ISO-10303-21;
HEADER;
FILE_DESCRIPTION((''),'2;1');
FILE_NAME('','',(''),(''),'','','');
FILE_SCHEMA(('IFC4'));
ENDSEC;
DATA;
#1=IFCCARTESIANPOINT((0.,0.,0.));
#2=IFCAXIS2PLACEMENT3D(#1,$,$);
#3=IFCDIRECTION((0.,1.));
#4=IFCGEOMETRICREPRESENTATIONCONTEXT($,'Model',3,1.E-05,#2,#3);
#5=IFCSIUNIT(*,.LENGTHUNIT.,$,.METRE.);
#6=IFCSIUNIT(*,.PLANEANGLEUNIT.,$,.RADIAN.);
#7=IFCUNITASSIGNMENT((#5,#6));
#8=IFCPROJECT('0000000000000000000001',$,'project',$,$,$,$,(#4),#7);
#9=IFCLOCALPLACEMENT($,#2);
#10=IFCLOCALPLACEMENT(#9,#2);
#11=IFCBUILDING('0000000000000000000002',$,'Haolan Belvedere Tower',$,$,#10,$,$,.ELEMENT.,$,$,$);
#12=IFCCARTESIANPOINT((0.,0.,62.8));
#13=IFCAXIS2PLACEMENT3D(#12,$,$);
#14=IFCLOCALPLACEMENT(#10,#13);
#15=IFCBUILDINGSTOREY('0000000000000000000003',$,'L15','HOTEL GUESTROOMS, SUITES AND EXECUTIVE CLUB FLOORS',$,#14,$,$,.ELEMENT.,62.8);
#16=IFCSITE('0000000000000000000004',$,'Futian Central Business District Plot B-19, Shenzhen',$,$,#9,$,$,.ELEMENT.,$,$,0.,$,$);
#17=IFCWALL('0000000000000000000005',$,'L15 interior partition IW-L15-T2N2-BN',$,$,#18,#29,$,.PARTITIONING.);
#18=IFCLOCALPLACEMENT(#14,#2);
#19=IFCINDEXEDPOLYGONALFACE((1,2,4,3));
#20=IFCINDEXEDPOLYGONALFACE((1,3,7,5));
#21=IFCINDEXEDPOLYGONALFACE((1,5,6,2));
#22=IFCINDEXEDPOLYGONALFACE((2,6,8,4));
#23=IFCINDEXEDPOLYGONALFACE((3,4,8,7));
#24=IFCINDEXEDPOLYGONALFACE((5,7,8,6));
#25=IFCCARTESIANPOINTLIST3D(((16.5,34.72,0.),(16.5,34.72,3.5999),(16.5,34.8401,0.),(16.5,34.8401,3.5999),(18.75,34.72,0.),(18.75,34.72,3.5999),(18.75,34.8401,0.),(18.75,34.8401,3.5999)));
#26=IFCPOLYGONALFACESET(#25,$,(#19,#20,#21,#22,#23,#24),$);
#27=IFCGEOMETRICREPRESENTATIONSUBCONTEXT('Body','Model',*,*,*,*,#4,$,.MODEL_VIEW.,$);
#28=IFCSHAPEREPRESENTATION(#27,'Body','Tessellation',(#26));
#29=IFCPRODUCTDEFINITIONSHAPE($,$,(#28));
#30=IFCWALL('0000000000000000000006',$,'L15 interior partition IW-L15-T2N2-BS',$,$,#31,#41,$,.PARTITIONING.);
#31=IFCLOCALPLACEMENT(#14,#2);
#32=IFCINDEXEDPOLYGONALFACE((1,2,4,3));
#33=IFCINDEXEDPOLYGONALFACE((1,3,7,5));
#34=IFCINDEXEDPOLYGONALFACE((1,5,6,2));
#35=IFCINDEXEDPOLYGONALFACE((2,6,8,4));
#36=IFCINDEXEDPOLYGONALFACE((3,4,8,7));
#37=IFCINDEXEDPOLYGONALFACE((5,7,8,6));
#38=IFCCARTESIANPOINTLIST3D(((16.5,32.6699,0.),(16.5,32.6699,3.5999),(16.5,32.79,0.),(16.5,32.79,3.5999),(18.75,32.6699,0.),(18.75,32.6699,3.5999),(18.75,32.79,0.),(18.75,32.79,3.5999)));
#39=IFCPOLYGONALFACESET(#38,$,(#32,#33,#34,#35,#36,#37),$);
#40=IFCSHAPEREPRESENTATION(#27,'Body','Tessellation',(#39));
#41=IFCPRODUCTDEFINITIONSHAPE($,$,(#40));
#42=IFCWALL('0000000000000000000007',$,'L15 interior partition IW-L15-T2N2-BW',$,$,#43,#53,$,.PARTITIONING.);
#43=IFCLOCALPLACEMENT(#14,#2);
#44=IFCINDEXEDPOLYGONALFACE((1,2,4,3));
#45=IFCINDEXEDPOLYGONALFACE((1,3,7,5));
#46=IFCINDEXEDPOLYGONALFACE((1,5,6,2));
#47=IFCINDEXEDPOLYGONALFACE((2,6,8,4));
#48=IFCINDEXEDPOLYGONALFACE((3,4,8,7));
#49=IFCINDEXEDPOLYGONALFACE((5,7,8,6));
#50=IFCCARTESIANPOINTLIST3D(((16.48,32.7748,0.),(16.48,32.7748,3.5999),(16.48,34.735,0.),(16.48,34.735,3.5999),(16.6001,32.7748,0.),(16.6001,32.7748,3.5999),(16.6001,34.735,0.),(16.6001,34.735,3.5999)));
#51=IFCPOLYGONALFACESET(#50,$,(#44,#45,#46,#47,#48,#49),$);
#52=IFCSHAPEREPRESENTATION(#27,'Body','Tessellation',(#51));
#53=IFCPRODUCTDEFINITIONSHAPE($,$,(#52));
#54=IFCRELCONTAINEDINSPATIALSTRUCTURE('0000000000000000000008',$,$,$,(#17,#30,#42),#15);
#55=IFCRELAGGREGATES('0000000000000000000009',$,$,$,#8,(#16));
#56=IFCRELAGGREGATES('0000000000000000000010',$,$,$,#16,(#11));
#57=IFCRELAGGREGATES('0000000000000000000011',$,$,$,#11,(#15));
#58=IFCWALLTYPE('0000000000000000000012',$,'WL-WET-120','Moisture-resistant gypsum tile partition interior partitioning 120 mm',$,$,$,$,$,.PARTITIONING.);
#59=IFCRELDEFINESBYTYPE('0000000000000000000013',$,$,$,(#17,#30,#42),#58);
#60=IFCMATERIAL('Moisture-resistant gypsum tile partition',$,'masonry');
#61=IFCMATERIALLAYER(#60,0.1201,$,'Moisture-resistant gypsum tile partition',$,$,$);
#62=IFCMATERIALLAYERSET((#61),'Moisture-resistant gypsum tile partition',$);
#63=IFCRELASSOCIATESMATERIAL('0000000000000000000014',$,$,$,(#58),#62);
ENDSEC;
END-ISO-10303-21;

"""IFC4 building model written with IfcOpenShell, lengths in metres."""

from ifc_helpers import new_model, si_unit, direction, frame, frame_2d, origin, place, context, subcontext, project, spatial, rectangle, extrude, material, layer, layer_set, type_object, element, save


model = new_model("IFC4")

# Units and contexts
model_context = context("Model", 3, precision=1e-05, world=origin(), true_north=direction((0.0, 1.0)))
body_context = subcontext(model_context, "Body", "Model", "MODEL_VIEW")
ifc_project = project(units=[si_unit("LENGTHUNIT", "METRE"), si_unit("PLANEANGLEUNIT", "RADIAN")], contexts=[model_context])

# Site, building, storey
site_placement = place(None, origin())
site = spatial("IfcSite", under=ifc_project, at=site_placement, Name="Futian Central Business District Plot B-19, Shenzhen", CompositionType="ELEMENT", RefElevation=0.0)
building_placement = place(site_placement, origin())
building = spatial("IfcBuilding", under=site, at=building_placement, Name="Haolan Belvedere Tower", CompositionType="ELEMENT")
storey_placement = place(building_placement, frame((0.0, 0.0, 62.8)))
storey = spatial("IfcBuildingStorey", under=building, at=storey_placement, Name="L15", Description="HOTEL GUESTROOMS, SUITES AND EXECUTIVE CLUB FLOORS", CompositionType="ELEMENT", Elevation=62.8)

# Shared definitions
ifc_material_1 = material(Name="Moisture-resistant gypsum tile partition", Category="masonry")
ifc_layer_1 = layer(ifc_material_1, 0.1201, Name="Moisture-resistant gypsum tile partition")
ifc_layer_set_1 = layer_set([ifc_layer_1], Name="Moisture-resistant gypsum tile partition")
wall_type_1 = type_object("IfcWallType", Name="WL-WET-120", Description="Moisture-resistant gypsum tile partition interior partitioning 120 mm", PredefinedType="PARTITIONING", material=ifc_layer_set_1)

# Walls
for number, where, z_axis, x_axis, name in (
    (1, (16.5, 34.78, 0.0), (0.0, 0.0, 1.0), (1.0, 0.0, 0.0), "L15 interior partition IW-L15-T2N2-BN"),
    (2, (16.5, 32.73, 0.0), (0.0, 0.0, 1.0), (1.0, 0.0, 0.0), "L15 interior partition IW-L15-T2N2-BS"),
):
    element("IfcWall", number, at=place(storey_placement, frame(where, z_axis=z_axis, x_axis=x_axis)), inside=storey, type_object=wall_type_1, Name=name, PredefinedType="PARTITIONING", context=body_context, shape_type="SweptSolid", body=[
        extrude(rectangle(XDim=2.25, YDim=0.1201, at=frame_2d((1.125, 0.0))), origin(), (0.0, 0.0, 1.0), 3.5999),
    ])
wall_1_placement = place(storey_placement, frame((16.54, 32.7749, 0.0), z_axis=(0.0, 0.0, 1.0), x_axis=(0.0, 1.0, 0.0)))
element("IfcWall", 3, at=wall_1_placement, inside=storey, type_object=wall_type_1, Name="L15 interior partition IW-L15-T2N2-BW", PredefinedType="PARTITIONING", context=body_context, shape_type="SweptSolid", body=[
    extrude(rectangle(XDim=1.9602, YDim=0.1201, at=frame_2d((0.98, 0.0))), origin(), (0.0, 0.0, 1.0), 3.5999),
])

save(model, "model.ifc")
